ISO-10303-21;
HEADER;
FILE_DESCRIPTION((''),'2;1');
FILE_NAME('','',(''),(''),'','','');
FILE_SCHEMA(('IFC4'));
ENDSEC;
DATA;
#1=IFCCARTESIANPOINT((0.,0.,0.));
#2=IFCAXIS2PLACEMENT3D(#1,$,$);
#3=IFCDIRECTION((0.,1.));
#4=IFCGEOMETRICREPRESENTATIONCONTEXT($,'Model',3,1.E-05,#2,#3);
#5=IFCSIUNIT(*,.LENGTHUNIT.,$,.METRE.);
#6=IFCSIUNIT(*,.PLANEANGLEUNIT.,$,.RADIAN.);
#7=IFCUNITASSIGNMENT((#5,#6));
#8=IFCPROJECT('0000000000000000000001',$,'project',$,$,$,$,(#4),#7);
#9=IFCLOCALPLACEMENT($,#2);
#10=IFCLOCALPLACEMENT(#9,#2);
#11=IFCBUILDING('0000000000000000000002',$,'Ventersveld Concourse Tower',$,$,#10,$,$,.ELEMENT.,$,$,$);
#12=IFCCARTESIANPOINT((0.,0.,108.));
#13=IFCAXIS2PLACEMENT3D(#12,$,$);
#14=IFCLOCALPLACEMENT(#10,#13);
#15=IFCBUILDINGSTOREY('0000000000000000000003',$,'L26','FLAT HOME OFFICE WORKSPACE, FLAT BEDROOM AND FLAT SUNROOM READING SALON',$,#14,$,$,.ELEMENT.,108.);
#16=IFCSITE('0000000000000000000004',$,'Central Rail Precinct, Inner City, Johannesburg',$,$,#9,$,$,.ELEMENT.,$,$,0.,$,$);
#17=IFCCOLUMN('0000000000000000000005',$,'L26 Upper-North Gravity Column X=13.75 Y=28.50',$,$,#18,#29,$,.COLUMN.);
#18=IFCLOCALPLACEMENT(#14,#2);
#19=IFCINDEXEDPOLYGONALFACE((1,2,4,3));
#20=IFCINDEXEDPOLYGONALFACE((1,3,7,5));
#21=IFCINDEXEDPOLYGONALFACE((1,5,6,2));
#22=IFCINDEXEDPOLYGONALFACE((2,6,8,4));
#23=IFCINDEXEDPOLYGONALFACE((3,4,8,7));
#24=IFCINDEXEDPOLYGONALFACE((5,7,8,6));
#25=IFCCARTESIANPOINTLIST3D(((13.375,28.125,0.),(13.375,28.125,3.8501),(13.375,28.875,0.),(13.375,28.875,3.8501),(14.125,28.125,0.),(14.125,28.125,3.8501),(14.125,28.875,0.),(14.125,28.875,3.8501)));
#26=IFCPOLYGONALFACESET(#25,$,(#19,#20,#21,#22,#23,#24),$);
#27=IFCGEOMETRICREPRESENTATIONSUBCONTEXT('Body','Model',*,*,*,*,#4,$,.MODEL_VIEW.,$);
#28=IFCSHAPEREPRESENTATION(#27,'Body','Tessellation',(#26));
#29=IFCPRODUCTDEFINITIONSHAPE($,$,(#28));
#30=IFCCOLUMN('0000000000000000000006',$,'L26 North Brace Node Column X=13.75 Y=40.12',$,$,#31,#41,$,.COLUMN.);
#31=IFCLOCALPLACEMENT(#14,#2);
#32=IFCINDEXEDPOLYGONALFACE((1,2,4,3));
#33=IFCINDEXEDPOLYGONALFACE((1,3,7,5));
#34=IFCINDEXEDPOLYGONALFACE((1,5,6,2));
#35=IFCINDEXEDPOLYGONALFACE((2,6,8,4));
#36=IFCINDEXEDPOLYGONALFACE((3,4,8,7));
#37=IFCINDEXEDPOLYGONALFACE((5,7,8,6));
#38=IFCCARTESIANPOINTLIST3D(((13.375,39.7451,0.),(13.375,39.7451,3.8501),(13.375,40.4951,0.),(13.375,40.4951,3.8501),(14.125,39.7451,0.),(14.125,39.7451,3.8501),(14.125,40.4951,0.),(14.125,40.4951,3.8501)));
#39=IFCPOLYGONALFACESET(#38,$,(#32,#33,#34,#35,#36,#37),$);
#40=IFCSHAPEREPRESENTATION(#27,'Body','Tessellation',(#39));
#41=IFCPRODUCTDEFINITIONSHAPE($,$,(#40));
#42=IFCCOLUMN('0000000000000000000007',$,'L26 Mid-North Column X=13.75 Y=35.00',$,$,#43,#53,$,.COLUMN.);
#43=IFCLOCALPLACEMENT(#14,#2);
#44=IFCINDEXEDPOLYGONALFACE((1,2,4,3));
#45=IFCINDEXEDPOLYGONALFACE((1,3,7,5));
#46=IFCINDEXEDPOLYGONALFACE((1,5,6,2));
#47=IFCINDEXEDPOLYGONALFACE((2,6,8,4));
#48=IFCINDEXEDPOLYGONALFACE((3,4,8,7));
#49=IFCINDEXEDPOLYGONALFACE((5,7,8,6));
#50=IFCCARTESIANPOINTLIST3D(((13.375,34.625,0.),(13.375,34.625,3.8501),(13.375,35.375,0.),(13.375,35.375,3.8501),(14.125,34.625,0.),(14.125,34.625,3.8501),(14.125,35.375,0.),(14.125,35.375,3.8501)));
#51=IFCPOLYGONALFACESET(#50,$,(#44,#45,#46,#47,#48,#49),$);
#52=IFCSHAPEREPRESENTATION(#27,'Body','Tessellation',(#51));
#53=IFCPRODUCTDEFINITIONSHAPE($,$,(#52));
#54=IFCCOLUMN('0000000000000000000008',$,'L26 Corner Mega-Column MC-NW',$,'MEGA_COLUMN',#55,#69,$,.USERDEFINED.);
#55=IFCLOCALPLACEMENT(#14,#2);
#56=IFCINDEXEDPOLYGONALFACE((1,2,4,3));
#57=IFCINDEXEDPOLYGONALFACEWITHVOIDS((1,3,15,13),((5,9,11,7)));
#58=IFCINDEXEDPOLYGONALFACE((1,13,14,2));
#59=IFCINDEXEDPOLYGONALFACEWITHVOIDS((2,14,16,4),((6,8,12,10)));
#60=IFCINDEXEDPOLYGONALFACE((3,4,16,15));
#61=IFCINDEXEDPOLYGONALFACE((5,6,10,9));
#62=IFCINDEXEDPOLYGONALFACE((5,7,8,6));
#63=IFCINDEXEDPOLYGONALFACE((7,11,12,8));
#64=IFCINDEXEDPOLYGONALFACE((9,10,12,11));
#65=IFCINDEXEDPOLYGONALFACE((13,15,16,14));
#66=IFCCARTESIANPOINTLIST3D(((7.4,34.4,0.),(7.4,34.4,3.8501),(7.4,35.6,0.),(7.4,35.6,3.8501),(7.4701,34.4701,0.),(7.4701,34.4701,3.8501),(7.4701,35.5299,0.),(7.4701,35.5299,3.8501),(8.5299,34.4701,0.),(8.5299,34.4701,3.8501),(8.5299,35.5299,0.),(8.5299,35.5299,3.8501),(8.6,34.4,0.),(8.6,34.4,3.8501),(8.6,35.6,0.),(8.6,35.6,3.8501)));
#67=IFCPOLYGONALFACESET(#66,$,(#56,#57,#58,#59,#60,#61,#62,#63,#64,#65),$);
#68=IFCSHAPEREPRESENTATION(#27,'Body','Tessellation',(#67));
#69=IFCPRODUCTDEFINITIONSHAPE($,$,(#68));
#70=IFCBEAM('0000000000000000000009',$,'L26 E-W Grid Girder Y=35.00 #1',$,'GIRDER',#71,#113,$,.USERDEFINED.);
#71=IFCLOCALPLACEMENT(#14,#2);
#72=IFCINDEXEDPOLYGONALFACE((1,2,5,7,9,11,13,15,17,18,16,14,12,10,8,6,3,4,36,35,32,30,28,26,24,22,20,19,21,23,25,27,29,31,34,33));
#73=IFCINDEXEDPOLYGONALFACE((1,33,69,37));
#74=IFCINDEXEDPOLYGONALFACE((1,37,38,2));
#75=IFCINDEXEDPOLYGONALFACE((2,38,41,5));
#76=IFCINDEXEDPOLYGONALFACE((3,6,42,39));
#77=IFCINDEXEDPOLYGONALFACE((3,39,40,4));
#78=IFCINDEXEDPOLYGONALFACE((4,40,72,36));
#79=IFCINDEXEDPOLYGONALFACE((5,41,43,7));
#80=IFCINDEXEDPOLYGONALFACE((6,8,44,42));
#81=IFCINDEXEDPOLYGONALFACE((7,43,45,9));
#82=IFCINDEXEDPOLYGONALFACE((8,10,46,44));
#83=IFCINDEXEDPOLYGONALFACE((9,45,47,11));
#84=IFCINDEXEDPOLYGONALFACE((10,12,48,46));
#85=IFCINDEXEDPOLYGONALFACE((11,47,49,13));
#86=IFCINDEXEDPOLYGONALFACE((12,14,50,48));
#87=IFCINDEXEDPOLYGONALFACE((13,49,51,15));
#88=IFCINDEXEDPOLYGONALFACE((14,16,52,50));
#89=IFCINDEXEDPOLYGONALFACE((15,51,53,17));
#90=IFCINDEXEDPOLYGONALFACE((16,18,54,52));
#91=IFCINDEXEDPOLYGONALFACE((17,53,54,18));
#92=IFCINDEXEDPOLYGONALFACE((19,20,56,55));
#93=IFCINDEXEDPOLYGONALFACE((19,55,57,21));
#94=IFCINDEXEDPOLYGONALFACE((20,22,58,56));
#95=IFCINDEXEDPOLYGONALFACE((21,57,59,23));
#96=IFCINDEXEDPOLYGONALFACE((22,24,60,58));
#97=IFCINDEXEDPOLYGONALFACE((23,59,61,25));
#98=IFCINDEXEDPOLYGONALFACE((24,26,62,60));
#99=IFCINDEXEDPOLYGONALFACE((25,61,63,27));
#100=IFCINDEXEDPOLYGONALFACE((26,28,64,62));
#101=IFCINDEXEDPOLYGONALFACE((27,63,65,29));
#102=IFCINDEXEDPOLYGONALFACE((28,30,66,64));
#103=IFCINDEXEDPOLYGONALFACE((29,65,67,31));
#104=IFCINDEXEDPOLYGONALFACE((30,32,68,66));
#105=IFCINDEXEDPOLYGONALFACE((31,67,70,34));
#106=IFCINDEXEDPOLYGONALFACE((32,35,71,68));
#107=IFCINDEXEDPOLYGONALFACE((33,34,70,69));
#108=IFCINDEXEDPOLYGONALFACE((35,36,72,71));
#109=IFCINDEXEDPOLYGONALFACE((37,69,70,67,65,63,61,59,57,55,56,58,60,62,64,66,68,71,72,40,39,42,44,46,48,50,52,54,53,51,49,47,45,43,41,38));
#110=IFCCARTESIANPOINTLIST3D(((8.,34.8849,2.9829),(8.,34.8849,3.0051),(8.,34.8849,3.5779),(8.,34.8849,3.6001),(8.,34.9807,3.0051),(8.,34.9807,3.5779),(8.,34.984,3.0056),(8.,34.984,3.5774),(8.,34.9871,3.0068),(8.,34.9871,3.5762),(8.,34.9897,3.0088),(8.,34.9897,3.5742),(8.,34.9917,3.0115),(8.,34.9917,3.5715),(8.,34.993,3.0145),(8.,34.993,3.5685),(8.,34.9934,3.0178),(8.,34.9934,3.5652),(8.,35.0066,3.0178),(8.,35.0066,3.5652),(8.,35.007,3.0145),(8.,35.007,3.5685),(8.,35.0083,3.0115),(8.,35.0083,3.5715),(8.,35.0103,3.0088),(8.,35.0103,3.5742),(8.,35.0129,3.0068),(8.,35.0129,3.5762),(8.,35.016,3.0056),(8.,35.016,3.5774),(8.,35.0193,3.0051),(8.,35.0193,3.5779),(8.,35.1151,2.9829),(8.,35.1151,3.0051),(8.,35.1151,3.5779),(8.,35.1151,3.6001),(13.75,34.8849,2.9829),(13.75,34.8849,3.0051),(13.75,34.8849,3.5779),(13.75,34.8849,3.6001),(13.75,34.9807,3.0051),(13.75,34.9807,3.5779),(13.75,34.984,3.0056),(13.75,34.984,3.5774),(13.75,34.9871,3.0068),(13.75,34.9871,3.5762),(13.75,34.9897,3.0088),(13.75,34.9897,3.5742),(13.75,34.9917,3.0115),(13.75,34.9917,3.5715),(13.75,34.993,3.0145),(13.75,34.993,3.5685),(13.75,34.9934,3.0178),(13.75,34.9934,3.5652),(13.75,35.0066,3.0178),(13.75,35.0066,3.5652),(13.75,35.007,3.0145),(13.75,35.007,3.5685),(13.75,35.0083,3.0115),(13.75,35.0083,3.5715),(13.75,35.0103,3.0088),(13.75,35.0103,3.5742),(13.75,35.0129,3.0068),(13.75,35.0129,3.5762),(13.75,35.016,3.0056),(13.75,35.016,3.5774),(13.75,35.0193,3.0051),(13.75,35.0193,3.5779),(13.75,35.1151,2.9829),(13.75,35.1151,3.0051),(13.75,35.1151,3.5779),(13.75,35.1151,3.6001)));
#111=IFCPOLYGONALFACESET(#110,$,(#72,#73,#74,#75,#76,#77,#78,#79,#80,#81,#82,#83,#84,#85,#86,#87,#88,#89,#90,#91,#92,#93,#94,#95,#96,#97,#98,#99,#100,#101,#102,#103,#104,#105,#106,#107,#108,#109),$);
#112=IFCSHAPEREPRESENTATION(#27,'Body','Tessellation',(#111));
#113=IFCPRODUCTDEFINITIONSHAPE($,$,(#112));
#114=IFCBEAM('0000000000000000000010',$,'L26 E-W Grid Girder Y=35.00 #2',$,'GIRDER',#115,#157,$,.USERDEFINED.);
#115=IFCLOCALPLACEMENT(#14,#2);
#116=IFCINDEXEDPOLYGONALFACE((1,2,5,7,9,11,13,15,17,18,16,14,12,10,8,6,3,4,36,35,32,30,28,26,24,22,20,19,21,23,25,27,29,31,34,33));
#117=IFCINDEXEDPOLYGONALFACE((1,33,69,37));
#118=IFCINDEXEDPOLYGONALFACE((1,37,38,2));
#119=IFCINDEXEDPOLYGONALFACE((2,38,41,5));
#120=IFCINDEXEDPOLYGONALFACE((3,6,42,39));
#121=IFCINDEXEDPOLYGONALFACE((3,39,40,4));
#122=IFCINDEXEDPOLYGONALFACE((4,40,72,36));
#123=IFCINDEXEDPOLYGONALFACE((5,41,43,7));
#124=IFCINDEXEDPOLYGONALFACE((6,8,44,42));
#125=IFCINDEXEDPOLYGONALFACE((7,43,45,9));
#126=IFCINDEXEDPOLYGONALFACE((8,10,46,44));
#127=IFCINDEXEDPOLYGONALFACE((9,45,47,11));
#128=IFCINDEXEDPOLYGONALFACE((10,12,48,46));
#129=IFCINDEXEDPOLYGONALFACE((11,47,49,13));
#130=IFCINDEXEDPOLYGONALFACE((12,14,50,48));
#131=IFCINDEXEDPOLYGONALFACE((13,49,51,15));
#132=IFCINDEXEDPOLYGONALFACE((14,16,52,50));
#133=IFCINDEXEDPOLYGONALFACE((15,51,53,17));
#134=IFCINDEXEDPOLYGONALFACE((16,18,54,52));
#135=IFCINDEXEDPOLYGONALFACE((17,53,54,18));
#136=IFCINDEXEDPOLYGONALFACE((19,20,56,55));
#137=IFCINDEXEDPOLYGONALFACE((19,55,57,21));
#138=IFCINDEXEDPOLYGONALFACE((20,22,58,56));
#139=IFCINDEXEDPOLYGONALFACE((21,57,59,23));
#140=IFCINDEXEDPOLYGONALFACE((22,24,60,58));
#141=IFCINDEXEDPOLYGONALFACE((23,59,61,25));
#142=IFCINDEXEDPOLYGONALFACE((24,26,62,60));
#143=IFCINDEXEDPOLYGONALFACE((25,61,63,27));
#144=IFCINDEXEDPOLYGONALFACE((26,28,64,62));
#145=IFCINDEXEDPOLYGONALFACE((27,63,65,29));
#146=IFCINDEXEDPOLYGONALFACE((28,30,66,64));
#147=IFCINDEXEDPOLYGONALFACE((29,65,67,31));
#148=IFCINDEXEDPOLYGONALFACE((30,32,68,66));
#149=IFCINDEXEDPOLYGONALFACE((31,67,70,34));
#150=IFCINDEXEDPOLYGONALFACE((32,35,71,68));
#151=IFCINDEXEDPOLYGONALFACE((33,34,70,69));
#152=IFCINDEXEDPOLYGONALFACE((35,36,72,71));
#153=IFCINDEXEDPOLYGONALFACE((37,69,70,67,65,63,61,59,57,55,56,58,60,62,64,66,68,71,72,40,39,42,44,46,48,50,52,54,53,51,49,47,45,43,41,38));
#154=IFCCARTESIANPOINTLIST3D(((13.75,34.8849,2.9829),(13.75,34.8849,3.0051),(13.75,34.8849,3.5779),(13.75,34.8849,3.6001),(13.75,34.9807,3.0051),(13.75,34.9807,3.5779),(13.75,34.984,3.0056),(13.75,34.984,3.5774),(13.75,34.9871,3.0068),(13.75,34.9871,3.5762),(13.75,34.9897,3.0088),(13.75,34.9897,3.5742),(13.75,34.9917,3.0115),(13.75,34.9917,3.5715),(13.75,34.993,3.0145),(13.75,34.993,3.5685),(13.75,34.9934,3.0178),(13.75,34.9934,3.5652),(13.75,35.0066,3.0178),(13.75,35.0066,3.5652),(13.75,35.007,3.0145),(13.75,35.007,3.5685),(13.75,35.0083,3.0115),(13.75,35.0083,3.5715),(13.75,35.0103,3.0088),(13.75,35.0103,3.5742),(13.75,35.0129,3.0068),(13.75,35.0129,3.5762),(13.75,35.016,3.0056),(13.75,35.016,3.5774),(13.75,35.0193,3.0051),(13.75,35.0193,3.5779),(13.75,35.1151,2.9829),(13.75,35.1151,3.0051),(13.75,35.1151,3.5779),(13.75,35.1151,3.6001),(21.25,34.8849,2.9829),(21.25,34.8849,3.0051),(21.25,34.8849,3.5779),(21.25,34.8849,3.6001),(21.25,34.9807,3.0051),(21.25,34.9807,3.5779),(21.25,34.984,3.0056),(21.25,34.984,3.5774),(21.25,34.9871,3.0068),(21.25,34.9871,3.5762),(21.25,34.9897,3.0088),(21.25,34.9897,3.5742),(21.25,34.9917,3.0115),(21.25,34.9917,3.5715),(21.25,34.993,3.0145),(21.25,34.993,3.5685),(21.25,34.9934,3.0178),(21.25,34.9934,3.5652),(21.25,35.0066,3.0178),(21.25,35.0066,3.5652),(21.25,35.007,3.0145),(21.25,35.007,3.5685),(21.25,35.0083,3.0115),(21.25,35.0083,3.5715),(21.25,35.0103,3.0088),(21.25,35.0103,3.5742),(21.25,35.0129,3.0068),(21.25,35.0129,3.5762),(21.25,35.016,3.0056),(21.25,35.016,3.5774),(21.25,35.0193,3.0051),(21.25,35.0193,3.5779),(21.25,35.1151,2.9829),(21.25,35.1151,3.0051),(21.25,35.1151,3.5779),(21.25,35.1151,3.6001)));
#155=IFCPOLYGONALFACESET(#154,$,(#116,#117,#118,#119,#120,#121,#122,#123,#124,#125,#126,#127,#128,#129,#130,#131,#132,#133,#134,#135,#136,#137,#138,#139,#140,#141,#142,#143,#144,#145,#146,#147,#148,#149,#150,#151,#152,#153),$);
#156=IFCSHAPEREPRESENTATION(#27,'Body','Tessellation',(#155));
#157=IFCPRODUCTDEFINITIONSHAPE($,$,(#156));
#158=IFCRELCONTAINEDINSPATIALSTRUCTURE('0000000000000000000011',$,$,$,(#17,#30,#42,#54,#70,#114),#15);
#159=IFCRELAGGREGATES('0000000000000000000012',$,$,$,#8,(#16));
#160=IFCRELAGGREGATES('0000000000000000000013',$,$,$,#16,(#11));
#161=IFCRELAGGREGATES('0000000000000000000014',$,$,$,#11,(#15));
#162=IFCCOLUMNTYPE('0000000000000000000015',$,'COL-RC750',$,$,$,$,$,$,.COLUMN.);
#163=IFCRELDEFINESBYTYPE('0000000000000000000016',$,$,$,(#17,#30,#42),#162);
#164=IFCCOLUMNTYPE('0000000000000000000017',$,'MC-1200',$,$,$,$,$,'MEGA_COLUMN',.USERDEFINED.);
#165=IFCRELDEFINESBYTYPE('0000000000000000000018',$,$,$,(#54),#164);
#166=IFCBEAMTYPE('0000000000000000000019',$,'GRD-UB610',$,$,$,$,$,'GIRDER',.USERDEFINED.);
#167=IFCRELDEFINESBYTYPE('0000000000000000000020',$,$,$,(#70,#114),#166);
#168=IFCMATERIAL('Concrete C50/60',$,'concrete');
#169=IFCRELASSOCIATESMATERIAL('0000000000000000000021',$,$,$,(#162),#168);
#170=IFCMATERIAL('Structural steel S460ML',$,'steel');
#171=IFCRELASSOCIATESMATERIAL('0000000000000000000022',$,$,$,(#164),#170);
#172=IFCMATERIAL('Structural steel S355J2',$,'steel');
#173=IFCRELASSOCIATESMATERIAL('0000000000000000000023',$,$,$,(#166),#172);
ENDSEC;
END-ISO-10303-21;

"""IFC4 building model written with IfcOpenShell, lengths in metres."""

from ifc_helpers import new_model, si_unit, direction, frame, origin, origin_2d, place, context, subcontext, project, spatial, rectangle, hollow_rectangle, i_section, extrude, material, material_profile, profile_set, type_object, element, save


model = new_model("IFC4")

# Units and contexts
model_context = context("Model", 3, precision=1e-05, world=origin(), true_north=direction((0.0, 1.0)))
body_context = subcontext(model_context, "Body", "Model", "MODEL_VIEW")
ifc_project = project(units=[si_unit("LENGTHUNIT", "METRE"), si_unit("PLANEANGLEUNIT", "RADIAN")], contexts=[model_context])

# Site, building, storey
site_placement = place(None, origin())
site = spatial("IfcSite", under=ifc_project, at=site_placement, Name="Central Rail Precinct, Inner City, Johannesburg", CompositionType="ELEMENT", RefElevation=0.0)
building_placement = place(site_placement, origin())
building = spatial("IfcBuilding", under=site, at=building_placement, Name="Ventersveld Concourse Tower", CompositionType="ELEMENT")
storey_placement = place(building_placement, frame((0.0, 0.0, 108.0)))
storey = spatial("IfcBuildingStorey", under=building, at=storey_placement, Name="L26", Description="FLAT HOME OFFICE WORKSPACE, FLAT BEDROOM AND FLAT SUNROOM READING SALON", CompositionType="ELEMENT", Elevation=108.0)

# Columns
ifc_material_1 = material(Name="Concrete C50/60", Category="concrete")
ifc_material_profile_1 = material_profile(ifc_material_1, rectangle(XDim=0.75, YDim=0.75, at=origin_2d()), Name="RC 750x750")
ifc_profile_set_1 = profile_set([ifc_material_profile_1], Name="Concrete C50/60")
column_type_1 = type_object("IfcColumnType", Name="COL-RC750", PredefinedType="COLUMN", material=ifc_profile_set_1)
for number, where, z_axis, x_axis, name in (
    (1, (13.75, 28.5, 0.0), (0.0, 0.0, 1.0), (1.0, 0.0, 0.0), "L26 Upper-North Gravity Column X=13.75 Y=28.50"),
    (2, (13.75, 40.1201, 0.0), (0.0, 0.0, 1.0), (1.0, 0.0, 0.0), "L26 North Brace Node Column X=13.75 Y=40.12"),
    (3, (13.75, 35.0, 0.0), (0.0, 0.0, 1.0), (1.0, 0.0, 0.0), "L26 Mid-North Column X=13.75 Y=35.00"),
):
    element("IfcColumn", number, at=place(storey_placement, frame(where, z_axis=z_axis, x_axis=x_axis)), inside=storey, type_object=column_type_1, Name=name, PredefinedType="COLUMN", context=body_context, shape_type="SweptSolid", body=[
        extrude(rectangle(XDim=0.75, YDim=0.75, at=origin_2d()), origin(), (0.0, 0.0, 1.0), 3.8501),
    ])
ifc_material_2 = material(Name="Structural steel S460ML", Category="steel")
ifc_material_profile_2 = material_profile(ifc_material_2, hollow_rectangle(XDim=1.2, YDim=1.2, WallThickness=0.0701, at=origin_2d()), Name="BOX 1200x1200x70")
ifc_profile_set_2 = profile_set([ifc_material_profile_2], Name="Structural steel S460ML")
column_type_2 = type_object("IfcColumnType", Name="MC-1200", ElementType="MEGA_COLUMN", PredefinedType="USERDEFINED", material=ifc_profile_set_2)
column_placement = place(storey_placement, frame((8.0, 35.0, 0.0), z_axis=(0.0, 0.0, 1.0), x_axis=(1.0, 0.0, 0.0)))
element("IfcColumn", 4, at=column_placement, inside=storey, type_object=column_type_2, Name="L26 Corner Mega-Column MC-NW", ObjectType="MEGA_COLUMN", PredefinedType="USERDEFINED", context=body_context, shape_type="SweptSolid", body=[
    extrude(hollow_rectangle(XDim=1.2, YDim=1.2, WallThickness=0.0701, at=origin_2d()), origin(), (0.0, 0.0, 1.0), 3.8501),
])

# Beams
ifc_material_3 = material(Name="Structural steel S355J2", Category="steel")
ifc_material_profile_3 = material_profile(ifc_material_3, i_section(OverallWidth=0.2302, OverallDepth=0.6172, WebThickness=0.0132, FlangeThickness=0.0222, FilletRadius=0.0127, at=origin_2d()), Name="UB 610x229x140")
ifc_profile_set_3 = profile_set([ifc_material_profile_3], Name="Structural steel S355J2")
beam_type_1 = type_object("IfcBeamType", Name="GRD-UB610", ElementType="GIRDER", PredefinedType="USERDEFINED", material=ifc_profile_set_3)
beam_1_placement = place(storey_placement, frame((8.0, 35.0, 3.2915), z_axis=(1.0, 0.0, 0.0), x_axis=(0.0, 1.0, 0.0)))
element("IfcBeam", 5, at=beam_1_placement, inside=storey, type_object=beam_type_1, Name="L26 E-W Grid Girder Y=35.00 #1", ObjectType="GIRDER", PredefinedType="USERDEFINED", context=body_context, shape_type="SweptSolid", body=[
    extrude(i_section(OverallWidth=0.2302, OverallDepth=0.6172, WebThickness=0.0132, FlangeThickness=0.0222, FilletRadius=0.0127, at=origin_2d()), origin(), (0.0, 0.0, 1.0), 5.75),
])
beam_2_placement = place(storey_placement, frame((13.75, 35.0, 3.2915), z_axis=(1.0, 0.0, 0.0), x_axis=(0.0, 1.0, 0.0)))
element("IfcBeam", 6, at=beam_2_placement, inside=storey, type_object=beam_type_1, Name="L26 E-W Grid Girder Y=35.00 #2", ObjectType="GIRDER", PredefinedType="USERDEFINED", context=body_context, shape_type="SweptSolid", body=[
    extrude(i_section(OverallWidth=0.2302, OverallDepth=0.6172, WebThickness=0.0132, FlangeThickness=0.0222, FilletRadius=0.0127, at=origin_2d()), origin(), (0.0, 0.0, 1.0), 7.5),
])

save(model, "model.ifc")
